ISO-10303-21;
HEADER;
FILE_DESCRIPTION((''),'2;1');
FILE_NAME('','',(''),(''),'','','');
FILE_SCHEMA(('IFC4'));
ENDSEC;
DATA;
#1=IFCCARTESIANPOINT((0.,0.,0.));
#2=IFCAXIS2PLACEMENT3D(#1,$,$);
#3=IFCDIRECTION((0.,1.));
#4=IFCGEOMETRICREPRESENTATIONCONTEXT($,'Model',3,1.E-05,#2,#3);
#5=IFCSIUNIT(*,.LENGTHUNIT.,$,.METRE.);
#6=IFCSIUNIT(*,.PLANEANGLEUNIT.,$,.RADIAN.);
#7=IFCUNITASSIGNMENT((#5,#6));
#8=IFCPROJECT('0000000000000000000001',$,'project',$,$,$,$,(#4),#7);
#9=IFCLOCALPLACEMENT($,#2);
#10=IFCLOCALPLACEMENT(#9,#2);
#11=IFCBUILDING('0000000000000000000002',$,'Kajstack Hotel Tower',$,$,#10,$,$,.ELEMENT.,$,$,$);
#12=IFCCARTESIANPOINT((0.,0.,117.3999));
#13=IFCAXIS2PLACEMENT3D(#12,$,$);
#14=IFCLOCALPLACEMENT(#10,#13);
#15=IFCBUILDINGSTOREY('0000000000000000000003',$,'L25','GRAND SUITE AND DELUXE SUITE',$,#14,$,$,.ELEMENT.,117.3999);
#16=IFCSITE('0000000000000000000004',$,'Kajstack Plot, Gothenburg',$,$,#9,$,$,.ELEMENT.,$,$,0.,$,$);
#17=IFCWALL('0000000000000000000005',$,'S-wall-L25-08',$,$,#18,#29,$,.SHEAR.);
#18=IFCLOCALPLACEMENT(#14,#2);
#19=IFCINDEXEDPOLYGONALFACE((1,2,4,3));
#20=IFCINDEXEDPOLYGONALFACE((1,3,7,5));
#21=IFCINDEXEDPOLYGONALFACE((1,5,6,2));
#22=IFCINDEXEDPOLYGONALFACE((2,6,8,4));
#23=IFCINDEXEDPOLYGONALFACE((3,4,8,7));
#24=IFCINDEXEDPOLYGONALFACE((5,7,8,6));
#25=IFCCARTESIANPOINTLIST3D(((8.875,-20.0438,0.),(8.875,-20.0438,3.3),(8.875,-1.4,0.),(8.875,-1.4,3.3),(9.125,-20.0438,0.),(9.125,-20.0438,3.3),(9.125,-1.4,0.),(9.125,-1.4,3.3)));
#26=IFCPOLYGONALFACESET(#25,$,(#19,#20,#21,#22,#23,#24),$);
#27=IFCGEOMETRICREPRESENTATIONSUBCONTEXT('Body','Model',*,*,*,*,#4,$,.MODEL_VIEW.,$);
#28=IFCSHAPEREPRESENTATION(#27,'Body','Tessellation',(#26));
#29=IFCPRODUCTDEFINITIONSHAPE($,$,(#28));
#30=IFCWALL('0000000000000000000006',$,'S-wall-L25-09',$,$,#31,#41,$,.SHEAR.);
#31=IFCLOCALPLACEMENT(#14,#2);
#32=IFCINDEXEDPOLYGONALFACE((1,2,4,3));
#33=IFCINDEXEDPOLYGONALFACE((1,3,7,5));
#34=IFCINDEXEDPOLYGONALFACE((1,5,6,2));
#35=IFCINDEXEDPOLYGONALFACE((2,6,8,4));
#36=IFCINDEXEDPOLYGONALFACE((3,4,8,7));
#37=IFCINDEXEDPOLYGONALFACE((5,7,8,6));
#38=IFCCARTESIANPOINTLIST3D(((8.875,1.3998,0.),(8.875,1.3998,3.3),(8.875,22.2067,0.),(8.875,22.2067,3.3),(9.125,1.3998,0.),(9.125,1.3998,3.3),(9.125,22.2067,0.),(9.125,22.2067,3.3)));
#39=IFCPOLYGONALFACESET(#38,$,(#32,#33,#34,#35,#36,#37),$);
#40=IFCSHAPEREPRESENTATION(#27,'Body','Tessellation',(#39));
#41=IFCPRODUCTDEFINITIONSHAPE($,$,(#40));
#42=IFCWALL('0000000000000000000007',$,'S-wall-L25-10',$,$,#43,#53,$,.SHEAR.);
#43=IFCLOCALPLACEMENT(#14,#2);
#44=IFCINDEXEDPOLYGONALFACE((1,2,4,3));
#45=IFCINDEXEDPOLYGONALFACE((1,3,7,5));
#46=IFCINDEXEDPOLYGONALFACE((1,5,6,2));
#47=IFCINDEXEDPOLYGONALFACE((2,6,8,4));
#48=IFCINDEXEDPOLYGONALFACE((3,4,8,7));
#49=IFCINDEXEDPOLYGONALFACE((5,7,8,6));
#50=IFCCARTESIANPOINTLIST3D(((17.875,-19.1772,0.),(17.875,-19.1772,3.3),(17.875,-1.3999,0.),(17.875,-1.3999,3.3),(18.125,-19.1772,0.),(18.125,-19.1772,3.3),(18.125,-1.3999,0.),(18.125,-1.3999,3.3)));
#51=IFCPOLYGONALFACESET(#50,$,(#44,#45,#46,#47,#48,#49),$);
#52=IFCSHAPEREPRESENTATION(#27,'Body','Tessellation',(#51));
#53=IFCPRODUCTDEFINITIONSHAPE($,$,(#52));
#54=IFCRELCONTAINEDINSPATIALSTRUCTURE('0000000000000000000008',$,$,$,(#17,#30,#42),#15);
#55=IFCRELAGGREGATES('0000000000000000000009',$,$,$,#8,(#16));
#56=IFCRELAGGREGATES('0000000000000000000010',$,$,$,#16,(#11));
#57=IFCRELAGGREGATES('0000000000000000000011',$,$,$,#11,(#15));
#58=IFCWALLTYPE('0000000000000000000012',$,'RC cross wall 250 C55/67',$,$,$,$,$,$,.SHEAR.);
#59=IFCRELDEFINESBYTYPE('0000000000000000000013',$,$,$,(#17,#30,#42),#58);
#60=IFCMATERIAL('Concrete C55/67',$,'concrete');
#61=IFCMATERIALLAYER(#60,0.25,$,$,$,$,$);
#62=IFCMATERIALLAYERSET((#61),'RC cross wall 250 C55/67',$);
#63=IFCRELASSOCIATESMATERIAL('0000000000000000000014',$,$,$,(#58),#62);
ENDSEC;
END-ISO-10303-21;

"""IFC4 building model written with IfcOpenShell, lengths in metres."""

from ifc_helpers import new_model, si_unit, direction, frame, frame_2d, origin, place, context, subcontext, project, spatial, rectangle, extrude, material, layer, layer_set, type_object, element, save


model = new_model("IFC4")

# Units and contexts
model_context = context("Model", 3, precision=1e-05, world=origin(), true_north=direction((0.0, 1.0)))
body_context = subcontext(model_context, "Body", "Model", "MODEL_VIEW")
ifc_project = project(units=[si_unit("LENGTHUNIT", "METRE"), si_unit("PLANEANGLEUNIT", "RADIAN")], contexts=[model_context])

# Site, building, storey
site_placement = place(None, origin())
site = spatial("IfcSite", under=ifc_project, at=site_placement, Name="Kajstack Plot, Gothenburg", CompositionType="ELEMENT", RefElevation=0.0)
building_placement = place(site_placement, origin())
building = spatial("IfcBuilding", under=site, at=building_placement, Name="Kajstack Hotel Tower", CompositionType="ELEMENT")
storey_placement = place(building_placement, frame((0.0, 0.0, 117.3999)))
storey = spatial("IfcBuildingStorey", under=building, at=storey_placement, Name="L25", Description="GRAND SUITE AND DELUXE SUITE", CompositionType="ELEMENT", Elevation=117.3999)

# Walls
ifc_material_1 = material(Name="Concrete C55/67", Category="concrete")
ifc_layer_1 = layer(ifc_material_1, 0.25)
ifc_layer_set_1 = layer_set([ifc_layer_1], Name="RC cross wall 250 C55/67")
wall_type_1 = type_object("IfcWallType", Name="RC cross wall 250 C55/67", PredefinedType="SHEAR", material=ifc_layer_set_1)
wall_1_placement = place(storey_placement, frame((9.0, -20.0437, 0.0), z_axis=(0.0, 0.0, 1.0), x_axis=(0.0, 1.0, 0.0)))
element("IfcWall", 1, at=wall_1_placement, inside=storey, type_object=wall_type_1, Name="S-wall-L25-08", PredefinedType="SHEAR", context=body_context, shape_type="SweptSolid", body=[
    extrude(rectangle(XDim=18.6438, YDim=0.25, at=frame_2d((9.3218, 0.0))), origin(), (0.0, 0.0, 1.0), 3.3),
])
wall_2_placement = place(storey_placement, frame((9.0, 1.3999, 0.0), z_axis=(0.0, 0.0, 1.0), x_axis=(0.0, 1.0, 0.0)))
element("IfcWall", 2, at=wall_2_placement, inside=storey, type_object=wall_type_1, Name="S-wall-L25-09", PredefinedType="SHEAR", context=body_context, shape_type="SweptSolid", body=[
    extrude(rectangle(XDim=20.8069, YDim=0.25, at=frame_2d((10.4033, 0.0))), origin(), (0.0, 0.0, 1.0), 3.3),
])
wall_3_placement = place(storey_placement, frame((18.0, -19.1772, 0.0), z_axis=(0.0, 0.0, 1.0), x_axis=(0.0, 1.0, 0.0)))
element("IfcWall", 3, at=wall_3_placement, inside=storey, type_object=wall_type_1, Name="S-wall-L25-10", PredefinedType="SHEAR", context=body_context, shape_type="SweptSolid", body=[
    extrude(rectangle(XDim=17.7773, YDim=0.25, at=frame_2d((8.8887, 0.0))), origin(), (0.0, 0.0, 1.0), 3.3),
])

save(model, "model.ifc")
